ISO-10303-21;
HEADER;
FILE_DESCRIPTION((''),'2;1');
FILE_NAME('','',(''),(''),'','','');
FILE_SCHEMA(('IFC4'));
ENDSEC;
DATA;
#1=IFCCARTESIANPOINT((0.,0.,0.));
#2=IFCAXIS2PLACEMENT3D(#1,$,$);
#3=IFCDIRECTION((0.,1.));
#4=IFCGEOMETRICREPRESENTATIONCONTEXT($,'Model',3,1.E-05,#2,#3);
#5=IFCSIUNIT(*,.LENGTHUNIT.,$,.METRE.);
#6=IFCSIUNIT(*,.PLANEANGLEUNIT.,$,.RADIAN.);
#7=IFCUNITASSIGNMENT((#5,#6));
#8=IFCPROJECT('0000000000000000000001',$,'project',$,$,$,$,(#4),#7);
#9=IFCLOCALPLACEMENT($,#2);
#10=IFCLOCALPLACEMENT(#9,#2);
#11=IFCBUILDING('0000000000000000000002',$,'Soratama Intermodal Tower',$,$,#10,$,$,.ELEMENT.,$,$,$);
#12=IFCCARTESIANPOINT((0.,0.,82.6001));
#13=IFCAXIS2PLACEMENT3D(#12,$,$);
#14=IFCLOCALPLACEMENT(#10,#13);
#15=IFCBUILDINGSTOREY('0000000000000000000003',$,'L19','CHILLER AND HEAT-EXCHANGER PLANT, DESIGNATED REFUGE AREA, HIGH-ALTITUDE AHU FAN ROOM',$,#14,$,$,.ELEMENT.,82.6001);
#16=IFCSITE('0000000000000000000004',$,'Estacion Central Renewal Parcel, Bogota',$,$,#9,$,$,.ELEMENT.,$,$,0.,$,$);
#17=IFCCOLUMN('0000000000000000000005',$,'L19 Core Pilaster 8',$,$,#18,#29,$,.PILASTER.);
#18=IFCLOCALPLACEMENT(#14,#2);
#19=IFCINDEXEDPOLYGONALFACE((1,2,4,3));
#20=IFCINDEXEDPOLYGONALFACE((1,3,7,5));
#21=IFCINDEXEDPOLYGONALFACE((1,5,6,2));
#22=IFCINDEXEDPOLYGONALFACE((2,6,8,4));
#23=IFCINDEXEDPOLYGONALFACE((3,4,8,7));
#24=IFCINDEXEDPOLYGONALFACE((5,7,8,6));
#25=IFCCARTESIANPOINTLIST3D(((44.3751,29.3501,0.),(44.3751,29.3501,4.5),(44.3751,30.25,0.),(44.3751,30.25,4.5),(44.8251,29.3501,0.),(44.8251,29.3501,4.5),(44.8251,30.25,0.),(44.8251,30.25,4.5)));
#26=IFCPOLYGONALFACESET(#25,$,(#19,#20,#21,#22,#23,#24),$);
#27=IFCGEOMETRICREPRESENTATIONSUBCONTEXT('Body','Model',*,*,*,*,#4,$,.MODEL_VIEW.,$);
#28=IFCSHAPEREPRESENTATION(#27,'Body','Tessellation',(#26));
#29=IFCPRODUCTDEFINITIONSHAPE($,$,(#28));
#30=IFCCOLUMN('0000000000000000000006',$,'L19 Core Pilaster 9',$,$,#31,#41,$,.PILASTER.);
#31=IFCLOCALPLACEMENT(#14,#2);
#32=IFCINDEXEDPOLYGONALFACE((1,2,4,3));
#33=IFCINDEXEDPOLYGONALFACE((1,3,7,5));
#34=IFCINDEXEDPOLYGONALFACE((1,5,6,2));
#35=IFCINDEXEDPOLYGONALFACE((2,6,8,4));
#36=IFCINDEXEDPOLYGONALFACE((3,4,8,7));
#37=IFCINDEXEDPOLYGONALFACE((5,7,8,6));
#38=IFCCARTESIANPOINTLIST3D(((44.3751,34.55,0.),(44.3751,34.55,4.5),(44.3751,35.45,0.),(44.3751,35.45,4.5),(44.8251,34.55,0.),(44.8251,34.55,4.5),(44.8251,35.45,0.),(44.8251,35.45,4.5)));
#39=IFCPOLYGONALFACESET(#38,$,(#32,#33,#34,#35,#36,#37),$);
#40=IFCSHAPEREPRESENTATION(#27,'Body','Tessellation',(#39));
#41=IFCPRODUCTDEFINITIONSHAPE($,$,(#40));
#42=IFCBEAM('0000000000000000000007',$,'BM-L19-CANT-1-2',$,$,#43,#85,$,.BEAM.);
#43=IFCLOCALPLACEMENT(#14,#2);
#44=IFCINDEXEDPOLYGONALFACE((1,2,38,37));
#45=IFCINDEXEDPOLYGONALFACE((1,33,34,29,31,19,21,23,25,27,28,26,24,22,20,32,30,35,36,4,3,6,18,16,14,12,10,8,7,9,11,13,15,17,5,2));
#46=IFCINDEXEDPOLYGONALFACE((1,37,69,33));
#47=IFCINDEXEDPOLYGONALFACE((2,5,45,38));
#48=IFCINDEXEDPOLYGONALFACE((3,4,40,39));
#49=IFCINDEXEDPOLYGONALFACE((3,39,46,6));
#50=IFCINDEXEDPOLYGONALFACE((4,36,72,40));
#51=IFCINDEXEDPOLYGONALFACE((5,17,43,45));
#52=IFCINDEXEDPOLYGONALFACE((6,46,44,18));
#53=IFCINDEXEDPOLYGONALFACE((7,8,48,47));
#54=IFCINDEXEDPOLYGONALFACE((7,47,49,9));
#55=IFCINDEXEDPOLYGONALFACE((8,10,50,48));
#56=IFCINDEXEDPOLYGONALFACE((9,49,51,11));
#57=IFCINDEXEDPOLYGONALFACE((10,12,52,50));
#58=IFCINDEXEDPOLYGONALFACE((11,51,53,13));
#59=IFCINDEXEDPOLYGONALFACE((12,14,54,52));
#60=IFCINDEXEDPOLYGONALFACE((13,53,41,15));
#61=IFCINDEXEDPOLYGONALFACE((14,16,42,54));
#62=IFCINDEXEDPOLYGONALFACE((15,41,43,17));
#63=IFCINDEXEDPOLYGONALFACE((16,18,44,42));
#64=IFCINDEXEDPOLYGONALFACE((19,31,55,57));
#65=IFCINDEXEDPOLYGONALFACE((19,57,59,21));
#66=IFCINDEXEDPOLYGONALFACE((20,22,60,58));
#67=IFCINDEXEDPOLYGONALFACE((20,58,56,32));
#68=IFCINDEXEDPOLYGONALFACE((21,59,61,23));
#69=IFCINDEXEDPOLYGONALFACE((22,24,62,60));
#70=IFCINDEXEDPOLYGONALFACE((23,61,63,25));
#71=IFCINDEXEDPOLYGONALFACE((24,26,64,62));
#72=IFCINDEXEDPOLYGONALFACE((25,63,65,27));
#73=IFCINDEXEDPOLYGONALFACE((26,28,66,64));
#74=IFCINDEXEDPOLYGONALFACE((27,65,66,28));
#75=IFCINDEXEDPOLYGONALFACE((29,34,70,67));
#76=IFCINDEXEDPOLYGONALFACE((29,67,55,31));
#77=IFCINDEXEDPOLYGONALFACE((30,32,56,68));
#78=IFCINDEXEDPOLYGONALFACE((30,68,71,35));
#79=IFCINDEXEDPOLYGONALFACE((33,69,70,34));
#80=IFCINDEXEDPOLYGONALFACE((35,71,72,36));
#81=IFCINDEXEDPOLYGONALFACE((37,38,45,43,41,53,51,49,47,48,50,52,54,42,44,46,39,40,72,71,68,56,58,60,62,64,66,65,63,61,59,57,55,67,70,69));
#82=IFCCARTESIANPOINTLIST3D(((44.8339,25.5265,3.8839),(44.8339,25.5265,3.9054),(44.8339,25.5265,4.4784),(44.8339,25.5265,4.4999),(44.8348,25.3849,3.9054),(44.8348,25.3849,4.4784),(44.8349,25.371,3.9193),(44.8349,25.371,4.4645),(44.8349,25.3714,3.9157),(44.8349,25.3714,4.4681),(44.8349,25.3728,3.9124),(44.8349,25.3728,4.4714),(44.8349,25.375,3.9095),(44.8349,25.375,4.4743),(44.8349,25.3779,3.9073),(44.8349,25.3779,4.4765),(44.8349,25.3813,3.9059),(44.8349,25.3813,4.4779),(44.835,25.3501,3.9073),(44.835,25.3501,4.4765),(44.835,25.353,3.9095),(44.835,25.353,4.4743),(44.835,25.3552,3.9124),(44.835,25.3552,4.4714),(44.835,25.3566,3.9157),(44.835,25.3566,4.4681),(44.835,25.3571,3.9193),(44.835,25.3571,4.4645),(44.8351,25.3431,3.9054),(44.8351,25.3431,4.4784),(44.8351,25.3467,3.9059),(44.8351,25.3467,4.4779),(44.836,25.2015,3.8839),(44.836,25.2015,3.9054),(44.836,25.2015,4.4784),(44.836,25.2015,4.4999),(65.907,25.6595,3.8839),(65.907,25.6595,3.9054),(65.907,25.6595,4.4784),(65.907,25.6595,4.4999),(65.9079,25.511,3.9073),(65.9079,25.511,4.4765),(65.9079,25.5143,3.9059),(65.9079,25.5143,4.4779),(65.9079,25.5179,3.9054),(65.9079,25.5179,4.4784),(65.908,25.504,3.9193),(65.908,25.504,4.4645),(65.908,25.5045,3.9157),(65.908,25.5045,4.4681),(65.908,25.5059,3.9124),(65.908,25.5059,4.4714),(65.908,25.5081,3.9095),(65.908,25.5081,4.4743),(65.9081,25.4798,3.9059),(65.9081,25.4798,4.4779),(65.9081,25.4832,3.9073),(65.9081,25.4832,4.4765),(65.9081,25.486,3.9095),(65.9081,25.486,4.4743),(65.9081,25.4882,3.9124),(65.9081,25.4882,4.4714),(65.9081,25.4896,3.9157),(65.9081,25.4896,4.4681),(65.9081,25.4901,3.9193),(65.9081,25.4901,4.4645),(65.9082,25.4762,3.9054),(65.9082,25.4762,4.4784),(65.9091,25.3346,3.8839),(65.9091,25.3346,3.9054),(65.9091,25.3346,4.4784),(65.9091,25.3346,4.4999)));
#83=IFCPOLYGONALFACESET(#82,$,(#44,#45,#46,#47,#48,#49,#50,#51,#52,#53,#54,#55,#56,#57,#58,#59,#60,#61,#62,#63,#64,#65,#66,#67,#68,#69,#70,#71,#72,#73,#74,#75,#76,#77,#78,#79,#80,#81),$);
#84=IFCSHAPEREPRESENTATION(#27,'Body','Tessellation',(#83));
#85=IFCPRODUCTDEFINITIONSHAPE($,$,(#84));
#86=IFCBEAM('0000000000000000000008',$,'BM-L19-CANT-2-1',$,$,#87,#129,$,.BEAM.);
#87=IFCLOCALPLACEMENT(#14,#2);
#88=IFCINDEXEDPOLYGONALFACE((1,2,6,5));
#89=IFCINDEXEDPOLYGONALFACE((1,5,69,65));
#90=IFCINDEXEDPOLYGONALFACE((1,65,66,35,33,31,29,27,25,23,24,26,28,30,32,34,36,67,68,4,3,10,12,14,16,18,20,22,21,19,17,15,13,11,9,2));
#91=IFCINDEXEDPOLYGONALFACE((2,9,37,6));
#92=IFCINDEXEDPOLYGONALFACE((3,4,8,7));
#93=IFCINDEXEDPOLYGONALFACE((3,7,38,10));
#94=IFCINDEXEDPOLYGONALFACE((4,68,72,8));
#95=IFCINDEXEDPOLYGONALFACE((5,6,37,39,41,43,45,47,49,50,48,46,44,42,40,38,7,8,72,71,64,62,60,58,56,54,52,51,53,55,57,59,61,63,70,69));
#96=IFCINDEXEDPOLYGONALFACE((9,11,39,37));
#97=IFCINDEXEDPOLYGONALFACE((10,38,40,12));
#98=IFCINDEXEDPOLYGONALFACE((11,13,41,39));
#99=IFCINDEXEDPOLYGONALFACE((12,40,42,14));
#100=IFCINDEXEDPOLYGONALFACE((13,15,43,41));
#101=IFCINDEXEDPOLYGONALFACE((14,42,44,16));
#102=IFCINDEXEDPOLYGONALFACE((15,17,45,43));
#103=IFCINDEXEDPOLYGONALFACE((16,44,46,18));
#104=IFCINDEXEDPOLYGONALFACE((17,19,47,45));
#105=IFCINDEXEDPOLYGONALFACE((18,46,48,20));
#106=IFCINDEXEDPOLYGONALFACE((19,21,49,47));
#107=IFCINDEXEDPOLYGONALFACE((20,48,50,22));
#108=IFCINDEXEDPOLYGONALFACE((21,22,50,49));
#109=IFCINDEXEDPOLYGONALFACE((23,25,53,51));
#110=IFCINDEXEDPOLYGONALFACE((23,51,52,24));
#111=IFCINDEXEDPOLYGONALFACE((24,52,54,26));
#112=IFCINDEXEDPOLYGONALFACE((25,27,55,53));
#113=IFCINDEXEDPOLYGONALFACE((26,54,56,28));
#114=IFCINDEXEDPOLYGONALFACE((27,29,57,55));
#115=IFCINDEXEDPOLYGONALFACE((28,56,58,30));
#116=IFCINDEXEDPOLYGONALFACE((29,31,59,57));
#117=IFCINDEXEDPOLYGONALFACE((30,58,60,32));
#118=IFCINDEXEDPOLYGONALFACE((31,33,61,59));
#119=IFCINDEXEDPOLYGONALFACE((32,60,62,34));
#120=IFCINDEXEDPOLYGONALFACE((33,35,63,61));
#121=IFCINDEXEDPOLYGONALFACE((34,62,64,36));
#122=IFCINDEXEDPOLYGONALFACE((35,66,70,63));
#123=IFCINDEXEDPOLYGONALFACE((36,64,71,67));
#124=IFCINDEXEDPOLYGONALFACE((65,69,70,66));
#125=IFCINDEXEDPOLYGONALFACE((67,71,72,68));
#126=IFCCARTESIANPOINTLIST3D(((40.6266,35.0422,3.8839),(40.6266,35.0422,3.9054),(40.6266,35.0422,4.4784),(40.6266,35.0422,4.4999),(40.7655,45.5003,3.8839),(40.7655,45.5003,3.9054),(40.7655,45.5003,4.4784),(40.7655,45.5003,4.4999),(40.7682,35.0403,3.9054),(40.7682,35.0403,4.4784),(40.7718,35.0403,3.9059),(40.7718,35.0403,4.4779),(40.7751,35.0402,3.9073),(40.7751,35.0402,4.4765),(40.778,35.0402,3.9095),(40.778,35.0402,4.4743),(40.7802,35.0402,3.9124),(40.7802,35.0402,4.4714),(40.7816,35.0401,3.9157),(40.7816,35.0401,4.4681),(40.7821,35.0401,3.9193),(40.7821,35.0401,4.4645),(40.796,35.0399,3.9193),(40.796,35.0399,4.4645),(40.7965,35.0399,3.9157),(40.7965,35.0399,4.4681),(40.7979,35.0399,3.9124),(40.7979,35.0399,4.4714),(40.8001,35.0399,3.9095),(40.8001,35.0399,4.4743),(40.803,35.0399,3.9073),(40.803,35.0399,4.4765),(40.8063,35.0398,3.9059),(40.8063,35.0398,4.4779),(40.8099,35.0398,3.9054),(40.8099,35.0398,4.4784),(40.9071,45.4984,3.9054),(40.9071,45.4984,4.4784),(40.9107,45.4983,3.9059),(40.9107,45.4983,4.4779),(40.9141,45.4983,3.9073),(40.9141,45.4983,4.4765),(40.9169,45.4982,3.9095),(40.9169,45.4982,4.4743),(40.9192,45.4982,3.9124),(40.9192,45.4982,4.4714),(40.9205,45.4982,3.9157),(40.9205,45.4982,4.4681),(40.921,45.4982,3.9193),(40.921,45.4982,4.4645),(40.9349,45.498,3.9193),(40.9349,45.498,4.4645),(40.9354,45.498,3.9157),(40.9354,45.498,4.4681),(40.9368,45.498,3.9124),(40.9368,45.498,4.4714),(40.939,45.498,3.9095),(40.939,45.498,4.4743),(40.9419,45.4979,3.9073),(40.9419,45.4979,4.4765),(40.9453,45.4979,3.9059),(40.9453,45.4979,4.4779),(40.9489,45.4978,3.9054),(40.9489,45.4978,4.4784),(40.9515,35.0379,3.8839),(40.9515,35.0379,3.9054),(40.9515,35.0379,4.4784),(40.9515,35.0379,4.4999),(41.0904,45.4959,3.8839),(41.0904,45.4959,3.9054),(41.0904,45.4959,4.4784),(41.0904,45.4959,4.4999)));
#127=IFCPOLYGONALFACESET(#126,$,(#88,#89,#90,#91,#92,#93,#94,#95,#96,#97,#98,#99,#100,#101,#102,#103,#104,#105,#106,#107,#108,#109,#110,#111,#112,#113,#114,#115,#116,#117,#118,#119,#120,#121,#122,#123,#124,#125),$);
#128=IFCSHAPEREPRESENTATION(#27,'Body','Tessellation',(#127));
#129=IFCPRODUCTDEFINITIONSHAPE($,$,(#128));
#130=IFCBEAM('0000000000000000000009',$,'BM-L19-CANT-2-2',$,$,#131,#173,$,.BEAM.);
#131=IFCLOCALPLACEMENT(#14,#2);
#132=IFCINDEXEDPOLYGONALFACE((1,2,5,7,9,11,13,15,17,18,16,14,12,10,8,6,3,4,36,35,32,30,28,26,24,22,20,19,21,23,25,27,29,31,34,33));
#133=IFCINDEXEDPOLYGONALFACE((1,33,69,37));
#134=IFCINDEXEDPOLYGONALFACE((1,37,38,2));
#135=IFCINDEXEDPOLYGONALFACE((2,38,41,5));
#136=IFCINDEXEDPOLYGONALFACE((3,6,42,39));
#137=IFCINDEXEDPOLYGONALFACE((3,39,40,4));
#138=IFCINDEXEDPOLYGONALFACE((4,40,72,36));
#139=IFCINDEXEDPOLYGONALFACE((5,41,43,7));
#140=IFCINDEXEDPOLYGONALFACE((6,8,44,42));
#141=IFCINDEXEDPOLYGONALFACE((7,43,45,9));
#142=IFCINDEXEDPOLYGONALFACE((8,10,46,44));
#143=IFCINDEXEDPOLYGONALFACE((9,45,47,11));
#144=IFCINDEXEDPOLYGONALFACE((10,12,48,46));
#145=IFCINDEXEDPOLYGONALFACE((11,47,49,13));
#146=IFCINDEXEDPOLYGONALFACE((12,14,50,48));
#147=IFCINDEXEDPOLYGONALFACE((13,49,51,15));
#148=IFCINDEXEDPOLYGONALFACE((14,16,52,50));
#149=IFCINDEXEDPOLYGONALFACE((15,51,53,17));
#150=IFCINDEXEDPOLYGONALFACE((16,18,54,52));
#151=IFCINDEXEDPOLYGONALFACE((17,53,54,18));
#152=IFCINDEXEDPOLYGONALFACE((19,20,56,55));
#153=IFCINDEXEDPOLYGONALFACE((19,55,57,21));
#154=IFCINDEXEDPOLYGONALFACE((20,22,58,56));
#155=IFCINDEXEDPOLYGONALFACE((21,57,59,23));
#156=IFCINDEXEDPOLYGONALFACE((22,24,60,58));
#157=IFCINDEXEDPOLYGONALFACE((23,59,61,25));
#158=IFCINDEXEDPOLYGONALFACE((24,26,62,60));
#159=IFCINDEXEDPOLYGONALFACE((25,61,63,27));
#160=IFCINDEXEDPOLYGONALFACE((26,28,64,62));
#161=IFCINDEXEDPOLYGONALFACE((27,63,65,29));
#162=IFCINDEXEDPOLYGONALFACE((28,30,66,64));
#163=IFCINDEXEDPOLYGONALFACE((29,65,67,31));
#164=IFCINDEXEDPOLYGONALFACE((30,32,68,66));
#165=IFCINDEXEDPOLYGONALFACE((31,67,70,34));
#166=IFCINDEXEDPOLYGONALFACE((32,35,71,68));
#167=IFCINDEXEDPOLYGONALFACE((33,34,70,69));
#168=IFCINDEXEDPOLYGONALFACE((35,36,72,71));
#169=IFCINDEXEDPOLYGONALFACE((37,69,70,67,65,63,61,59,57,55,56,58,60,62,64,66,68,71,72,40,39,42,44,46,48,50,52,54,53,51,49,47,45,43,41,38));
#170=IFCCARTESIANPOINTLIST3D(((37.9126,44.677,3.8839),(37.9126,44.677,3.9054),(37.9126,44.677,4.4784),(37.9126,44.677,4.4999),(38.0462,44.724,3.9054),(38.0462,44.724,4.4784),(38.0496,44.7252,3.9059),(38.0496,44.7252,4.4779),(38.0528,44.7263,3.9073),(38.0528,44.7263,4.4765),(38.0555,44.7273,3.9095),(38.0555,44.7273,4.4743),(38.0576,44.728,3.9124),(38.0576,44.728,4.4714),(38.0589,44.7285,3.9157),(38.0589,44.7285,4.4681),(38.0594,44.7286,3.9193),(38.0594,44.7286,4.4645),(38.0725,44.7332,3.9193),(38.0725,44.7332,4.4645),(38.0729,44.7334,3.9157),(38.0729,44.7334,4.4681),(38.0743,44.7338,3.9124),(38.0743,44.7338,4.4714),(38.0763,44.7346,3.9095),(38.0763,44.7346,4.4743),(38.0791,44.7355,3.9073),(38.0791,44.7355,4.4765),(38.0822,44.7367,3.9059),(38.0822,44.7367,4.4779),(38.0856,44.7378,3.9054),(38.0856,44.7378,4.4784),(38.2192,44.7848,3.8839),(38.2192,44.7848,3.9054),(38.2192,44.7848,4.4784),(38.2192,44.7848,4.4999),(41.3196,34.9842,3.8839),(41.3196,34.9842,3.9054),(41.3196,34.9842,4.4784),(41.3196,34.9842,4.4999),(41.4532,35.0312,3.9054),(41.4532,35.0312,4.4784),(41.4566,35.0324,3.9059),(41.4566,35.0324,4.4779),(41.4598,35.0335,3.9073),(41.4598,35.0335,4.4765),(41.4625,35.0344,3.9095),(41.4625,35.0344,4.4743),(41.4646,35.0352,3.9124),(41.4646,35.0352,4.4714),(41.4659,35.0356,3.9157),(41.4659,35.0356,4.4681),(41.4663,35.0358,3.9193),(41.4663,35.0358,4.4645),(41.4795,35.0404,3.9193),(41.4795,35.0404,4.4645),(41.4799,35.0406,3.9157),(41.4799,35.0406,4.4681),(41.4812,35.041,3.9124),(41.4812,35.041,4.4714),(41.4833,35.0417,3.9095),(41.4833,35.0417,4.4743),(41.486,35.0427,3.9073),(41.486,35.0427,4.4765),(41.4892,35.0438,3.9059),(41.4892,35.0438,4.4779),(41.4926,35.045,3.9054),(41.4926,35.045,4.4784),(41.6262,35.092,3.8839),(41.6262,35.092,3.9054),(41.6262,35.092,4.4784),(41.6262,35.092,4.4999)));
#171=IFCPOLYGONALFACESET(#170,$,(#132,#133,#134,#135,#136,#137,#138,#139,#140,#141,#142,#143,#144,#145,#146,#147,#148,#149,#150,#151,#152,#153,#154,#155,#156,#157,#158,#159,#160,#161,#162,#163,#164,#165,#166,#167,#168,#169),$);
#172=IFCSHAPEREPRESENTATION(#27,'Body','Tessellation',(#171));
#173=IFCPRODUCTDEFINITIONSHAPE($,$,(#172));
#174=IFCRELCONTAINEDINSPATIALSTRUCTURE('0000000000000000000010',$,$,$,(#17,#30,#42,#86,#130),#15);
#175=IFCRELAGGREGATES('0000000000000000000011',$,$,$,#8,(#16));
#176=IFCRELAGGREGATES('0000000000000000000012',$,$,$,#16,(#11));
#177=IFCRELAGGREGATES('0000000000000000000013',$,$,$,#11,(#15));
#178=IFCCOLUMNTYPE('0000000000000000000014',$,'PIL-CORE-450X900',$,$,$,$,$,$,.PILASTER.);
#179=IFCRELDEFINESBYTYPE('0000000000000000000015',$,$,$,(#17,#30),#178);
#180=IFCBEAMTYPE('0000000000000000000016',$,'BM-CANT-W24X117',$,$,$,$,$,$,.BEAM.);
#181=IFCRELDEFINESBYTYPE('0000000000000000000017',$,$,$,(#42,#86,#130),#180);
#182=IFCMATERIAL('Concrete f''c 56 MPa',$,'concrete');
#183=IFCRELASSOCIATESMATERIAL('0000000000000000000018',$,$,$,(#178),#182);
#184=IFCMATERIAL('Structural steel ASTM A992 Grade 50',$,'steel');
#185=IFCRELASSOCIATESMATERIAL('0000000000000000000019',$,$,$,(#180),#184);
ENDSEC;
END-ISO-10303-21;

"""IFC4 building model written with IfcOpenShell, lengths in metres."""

from ifc_helpers import new_model, si_unit, direction, frame, origin, origin_2d, place, context, subcontext, project, spatial, rectangle, i_section, extrude, material, material_profile, profile_set, type_object, element, save


model = new_model("IFC4")

# Units and contexts
model_context = context("Model", 3, precision=1e-05, world=origin(), true_north=direction((0.0, 1.0)))
body_context = subcontext(model_context, "Body", "Model", "MODEL_VIEW")
ifc_project = project(units=[si_unit("LENGTHUNIT", "METRE"), si_unit("PLANEANGLEUNIT", "RADIAN")], contexts=[model_context])

# Site, building, storey
site_placement = place(None, origin())
site = spatial("IfcSite", under=ifc_project, at=site_placement, Name="Estacion Central Renewal Parcel, Bogota", CompositionType="ELEMENT", RefElevation=0.0)
building_placement = place(site_placement, origin())
building = spatial("IfcBuilding", under=site, at=building_placement, Name="Soratama Intermodal Tower", CompositionType="ELEMENT")
storey_placement = place(building_placement, frame((0.0, 0.0, 82.6001)))
storey = spatial("IfcBuildingStorey", under=building, at=storey_placement, Name="L19", Description="CHILLER AND HEAT-EXCHANGER PLANT, DESIGNATED REFUGE AREA, HIGH-ALTITUDE AHU FAN ROOM", CompositionType="ELEMENT", Elevation=82.6001)

# Columns
ifc_material_1 = material(Name="Concrete f'c 56 MPa", Category="concrete")
ifc_material_profile_1 = material_profile(ifc_material_1, rectangle(XDim=0.45, YDim=0.8999, at=origin_2d()), Name="RC450X900")
ifc_profile_set_1 = profile_set([ifc_material_profile_1], Name="Concrete f'c 56 MPa")
column_type = type_object("IfcColumnType", Name="PIL-CORE-450X900", PredefinedType="PILASTER", material=ifc_profile_set_1)
for number, where, z_axis, x_axis, name in (
    (1, (44.6001, 29.8, 0.0), (0.0, 0.0, 1.0), (1.0, 0.0, 0.0), "L19 Core Pilaster 8"),
    (2, (44.6001, 35.0, 0.0), (0.0, 0.0, 1.0), (1.0, 0.0, 0.0), "L19 Core Pilaster 9"),
):
    element("IfcColumn", number, at=place(storey_placement, frame(where, z_axis=z_axis, x_axis=x_axis)), inside=storey, type_object=column_type, Name=name, PredefinedType="PILASTER", context=body_context, shape_type="SweptSolid", body=[
        extrude(rectangle(XDim=0.45, YDim=0.8999, at=origin_2d()), origin(), (0.0, 0.0, 1.0), 4.5),
    ])

# Beams
ifc_material_2 = material(Name="Structural steel ASTM A992 Grade 50", Category="steel")
ifc_material_profile_2 = material_profile(ifc_material_2, i_section(OverallWidth=0.325, OverallDepth=0.616, WebThickness=0.0139, FlangeThickness=0.0215, FilletRadius=0.0139, at=origin_2d()), Name="W24X117")
ifc_profile_set_2 = profile_set([ifc_material_profile_2], Name="Structural steel ASTM A992 Grade 50")
beam_type_1 = type_object("IfcBeamType", Name="BM-CANT-W24X117", PredefinedType="BEAM", material=ifc_profile_set_2)
beam_1_placement = place(storey_placement, frame((44.835, 25.364, 4.1919), z_axis=(0.99998, 0.006314, 0.0), x_axis=(-0.006314, 0.99998, 0.0)))
element("IfcBeam", 3, at=beam_1_placement, inside=storey, type_object=beam_type_1, Name="BM-L19-CANT-1-2", PredefinedType="BEAM", context=body_context, shape_type="SweptSolid", body=[
    extrude(i_section(OverallWidth=0.325, OverallDepth=0.616, WebThickness=0.0139, FlangeThickness=0.0215, FilletRadius=0.0139, at=origin_2d()), origin(), (0.0, 0.0, 1.0), 21.0735),
])
beam_2_placement = place(storey_placement, frame((40.7891, 35.04, 4.1919), z_axis=(0.013282, 0.999912, 0.0), x_axis=(-0.999912, 0.013282, 0.0)))
element("IfcBeam", 4, at=beam_2_placement, inside=storey, type_object=beam_type_1, Name="BM-L19-CANT-2-1", PredefinedType="BEAM", context=body_context, shape_type="SweptSolid", body=[
    extrude(i_section(OverallWidth=0.325, OverallDepth=0.616, WebThickness=0.0139, FlangeThickness=0.0215, FilletRadius=0.0139, at=origin_2d()), origin(), (0.0, 0.0, 1.0), 10.459),
])
beam_3_placement = place(storey_placement, frame((41.4729, 35.0381, 4.1919), z_axis=(-0.331605, 0.943418, 0.0), x_axis=(-0.943418, -0.331605, 0.0)))
element("IfcBeam", 5, at=beam_3_placement, inside=storey, type_object=beam_type_1, Name="BM-L19-CANT-2-2", PredefinedType="BEAM", context=body_context, shape_type="SweptSolid", body=[
    extrude(i_section(OverallWidth=0.325, OverallDepth=0.616, WebThickness=0.0139, FlangeThickness=0.0215, FilletRadius=0.0139, at=origin_2d()), origin(), (0.0, 0.0, 1.0), 10.2742),
])

save(model, "model.ifc")
